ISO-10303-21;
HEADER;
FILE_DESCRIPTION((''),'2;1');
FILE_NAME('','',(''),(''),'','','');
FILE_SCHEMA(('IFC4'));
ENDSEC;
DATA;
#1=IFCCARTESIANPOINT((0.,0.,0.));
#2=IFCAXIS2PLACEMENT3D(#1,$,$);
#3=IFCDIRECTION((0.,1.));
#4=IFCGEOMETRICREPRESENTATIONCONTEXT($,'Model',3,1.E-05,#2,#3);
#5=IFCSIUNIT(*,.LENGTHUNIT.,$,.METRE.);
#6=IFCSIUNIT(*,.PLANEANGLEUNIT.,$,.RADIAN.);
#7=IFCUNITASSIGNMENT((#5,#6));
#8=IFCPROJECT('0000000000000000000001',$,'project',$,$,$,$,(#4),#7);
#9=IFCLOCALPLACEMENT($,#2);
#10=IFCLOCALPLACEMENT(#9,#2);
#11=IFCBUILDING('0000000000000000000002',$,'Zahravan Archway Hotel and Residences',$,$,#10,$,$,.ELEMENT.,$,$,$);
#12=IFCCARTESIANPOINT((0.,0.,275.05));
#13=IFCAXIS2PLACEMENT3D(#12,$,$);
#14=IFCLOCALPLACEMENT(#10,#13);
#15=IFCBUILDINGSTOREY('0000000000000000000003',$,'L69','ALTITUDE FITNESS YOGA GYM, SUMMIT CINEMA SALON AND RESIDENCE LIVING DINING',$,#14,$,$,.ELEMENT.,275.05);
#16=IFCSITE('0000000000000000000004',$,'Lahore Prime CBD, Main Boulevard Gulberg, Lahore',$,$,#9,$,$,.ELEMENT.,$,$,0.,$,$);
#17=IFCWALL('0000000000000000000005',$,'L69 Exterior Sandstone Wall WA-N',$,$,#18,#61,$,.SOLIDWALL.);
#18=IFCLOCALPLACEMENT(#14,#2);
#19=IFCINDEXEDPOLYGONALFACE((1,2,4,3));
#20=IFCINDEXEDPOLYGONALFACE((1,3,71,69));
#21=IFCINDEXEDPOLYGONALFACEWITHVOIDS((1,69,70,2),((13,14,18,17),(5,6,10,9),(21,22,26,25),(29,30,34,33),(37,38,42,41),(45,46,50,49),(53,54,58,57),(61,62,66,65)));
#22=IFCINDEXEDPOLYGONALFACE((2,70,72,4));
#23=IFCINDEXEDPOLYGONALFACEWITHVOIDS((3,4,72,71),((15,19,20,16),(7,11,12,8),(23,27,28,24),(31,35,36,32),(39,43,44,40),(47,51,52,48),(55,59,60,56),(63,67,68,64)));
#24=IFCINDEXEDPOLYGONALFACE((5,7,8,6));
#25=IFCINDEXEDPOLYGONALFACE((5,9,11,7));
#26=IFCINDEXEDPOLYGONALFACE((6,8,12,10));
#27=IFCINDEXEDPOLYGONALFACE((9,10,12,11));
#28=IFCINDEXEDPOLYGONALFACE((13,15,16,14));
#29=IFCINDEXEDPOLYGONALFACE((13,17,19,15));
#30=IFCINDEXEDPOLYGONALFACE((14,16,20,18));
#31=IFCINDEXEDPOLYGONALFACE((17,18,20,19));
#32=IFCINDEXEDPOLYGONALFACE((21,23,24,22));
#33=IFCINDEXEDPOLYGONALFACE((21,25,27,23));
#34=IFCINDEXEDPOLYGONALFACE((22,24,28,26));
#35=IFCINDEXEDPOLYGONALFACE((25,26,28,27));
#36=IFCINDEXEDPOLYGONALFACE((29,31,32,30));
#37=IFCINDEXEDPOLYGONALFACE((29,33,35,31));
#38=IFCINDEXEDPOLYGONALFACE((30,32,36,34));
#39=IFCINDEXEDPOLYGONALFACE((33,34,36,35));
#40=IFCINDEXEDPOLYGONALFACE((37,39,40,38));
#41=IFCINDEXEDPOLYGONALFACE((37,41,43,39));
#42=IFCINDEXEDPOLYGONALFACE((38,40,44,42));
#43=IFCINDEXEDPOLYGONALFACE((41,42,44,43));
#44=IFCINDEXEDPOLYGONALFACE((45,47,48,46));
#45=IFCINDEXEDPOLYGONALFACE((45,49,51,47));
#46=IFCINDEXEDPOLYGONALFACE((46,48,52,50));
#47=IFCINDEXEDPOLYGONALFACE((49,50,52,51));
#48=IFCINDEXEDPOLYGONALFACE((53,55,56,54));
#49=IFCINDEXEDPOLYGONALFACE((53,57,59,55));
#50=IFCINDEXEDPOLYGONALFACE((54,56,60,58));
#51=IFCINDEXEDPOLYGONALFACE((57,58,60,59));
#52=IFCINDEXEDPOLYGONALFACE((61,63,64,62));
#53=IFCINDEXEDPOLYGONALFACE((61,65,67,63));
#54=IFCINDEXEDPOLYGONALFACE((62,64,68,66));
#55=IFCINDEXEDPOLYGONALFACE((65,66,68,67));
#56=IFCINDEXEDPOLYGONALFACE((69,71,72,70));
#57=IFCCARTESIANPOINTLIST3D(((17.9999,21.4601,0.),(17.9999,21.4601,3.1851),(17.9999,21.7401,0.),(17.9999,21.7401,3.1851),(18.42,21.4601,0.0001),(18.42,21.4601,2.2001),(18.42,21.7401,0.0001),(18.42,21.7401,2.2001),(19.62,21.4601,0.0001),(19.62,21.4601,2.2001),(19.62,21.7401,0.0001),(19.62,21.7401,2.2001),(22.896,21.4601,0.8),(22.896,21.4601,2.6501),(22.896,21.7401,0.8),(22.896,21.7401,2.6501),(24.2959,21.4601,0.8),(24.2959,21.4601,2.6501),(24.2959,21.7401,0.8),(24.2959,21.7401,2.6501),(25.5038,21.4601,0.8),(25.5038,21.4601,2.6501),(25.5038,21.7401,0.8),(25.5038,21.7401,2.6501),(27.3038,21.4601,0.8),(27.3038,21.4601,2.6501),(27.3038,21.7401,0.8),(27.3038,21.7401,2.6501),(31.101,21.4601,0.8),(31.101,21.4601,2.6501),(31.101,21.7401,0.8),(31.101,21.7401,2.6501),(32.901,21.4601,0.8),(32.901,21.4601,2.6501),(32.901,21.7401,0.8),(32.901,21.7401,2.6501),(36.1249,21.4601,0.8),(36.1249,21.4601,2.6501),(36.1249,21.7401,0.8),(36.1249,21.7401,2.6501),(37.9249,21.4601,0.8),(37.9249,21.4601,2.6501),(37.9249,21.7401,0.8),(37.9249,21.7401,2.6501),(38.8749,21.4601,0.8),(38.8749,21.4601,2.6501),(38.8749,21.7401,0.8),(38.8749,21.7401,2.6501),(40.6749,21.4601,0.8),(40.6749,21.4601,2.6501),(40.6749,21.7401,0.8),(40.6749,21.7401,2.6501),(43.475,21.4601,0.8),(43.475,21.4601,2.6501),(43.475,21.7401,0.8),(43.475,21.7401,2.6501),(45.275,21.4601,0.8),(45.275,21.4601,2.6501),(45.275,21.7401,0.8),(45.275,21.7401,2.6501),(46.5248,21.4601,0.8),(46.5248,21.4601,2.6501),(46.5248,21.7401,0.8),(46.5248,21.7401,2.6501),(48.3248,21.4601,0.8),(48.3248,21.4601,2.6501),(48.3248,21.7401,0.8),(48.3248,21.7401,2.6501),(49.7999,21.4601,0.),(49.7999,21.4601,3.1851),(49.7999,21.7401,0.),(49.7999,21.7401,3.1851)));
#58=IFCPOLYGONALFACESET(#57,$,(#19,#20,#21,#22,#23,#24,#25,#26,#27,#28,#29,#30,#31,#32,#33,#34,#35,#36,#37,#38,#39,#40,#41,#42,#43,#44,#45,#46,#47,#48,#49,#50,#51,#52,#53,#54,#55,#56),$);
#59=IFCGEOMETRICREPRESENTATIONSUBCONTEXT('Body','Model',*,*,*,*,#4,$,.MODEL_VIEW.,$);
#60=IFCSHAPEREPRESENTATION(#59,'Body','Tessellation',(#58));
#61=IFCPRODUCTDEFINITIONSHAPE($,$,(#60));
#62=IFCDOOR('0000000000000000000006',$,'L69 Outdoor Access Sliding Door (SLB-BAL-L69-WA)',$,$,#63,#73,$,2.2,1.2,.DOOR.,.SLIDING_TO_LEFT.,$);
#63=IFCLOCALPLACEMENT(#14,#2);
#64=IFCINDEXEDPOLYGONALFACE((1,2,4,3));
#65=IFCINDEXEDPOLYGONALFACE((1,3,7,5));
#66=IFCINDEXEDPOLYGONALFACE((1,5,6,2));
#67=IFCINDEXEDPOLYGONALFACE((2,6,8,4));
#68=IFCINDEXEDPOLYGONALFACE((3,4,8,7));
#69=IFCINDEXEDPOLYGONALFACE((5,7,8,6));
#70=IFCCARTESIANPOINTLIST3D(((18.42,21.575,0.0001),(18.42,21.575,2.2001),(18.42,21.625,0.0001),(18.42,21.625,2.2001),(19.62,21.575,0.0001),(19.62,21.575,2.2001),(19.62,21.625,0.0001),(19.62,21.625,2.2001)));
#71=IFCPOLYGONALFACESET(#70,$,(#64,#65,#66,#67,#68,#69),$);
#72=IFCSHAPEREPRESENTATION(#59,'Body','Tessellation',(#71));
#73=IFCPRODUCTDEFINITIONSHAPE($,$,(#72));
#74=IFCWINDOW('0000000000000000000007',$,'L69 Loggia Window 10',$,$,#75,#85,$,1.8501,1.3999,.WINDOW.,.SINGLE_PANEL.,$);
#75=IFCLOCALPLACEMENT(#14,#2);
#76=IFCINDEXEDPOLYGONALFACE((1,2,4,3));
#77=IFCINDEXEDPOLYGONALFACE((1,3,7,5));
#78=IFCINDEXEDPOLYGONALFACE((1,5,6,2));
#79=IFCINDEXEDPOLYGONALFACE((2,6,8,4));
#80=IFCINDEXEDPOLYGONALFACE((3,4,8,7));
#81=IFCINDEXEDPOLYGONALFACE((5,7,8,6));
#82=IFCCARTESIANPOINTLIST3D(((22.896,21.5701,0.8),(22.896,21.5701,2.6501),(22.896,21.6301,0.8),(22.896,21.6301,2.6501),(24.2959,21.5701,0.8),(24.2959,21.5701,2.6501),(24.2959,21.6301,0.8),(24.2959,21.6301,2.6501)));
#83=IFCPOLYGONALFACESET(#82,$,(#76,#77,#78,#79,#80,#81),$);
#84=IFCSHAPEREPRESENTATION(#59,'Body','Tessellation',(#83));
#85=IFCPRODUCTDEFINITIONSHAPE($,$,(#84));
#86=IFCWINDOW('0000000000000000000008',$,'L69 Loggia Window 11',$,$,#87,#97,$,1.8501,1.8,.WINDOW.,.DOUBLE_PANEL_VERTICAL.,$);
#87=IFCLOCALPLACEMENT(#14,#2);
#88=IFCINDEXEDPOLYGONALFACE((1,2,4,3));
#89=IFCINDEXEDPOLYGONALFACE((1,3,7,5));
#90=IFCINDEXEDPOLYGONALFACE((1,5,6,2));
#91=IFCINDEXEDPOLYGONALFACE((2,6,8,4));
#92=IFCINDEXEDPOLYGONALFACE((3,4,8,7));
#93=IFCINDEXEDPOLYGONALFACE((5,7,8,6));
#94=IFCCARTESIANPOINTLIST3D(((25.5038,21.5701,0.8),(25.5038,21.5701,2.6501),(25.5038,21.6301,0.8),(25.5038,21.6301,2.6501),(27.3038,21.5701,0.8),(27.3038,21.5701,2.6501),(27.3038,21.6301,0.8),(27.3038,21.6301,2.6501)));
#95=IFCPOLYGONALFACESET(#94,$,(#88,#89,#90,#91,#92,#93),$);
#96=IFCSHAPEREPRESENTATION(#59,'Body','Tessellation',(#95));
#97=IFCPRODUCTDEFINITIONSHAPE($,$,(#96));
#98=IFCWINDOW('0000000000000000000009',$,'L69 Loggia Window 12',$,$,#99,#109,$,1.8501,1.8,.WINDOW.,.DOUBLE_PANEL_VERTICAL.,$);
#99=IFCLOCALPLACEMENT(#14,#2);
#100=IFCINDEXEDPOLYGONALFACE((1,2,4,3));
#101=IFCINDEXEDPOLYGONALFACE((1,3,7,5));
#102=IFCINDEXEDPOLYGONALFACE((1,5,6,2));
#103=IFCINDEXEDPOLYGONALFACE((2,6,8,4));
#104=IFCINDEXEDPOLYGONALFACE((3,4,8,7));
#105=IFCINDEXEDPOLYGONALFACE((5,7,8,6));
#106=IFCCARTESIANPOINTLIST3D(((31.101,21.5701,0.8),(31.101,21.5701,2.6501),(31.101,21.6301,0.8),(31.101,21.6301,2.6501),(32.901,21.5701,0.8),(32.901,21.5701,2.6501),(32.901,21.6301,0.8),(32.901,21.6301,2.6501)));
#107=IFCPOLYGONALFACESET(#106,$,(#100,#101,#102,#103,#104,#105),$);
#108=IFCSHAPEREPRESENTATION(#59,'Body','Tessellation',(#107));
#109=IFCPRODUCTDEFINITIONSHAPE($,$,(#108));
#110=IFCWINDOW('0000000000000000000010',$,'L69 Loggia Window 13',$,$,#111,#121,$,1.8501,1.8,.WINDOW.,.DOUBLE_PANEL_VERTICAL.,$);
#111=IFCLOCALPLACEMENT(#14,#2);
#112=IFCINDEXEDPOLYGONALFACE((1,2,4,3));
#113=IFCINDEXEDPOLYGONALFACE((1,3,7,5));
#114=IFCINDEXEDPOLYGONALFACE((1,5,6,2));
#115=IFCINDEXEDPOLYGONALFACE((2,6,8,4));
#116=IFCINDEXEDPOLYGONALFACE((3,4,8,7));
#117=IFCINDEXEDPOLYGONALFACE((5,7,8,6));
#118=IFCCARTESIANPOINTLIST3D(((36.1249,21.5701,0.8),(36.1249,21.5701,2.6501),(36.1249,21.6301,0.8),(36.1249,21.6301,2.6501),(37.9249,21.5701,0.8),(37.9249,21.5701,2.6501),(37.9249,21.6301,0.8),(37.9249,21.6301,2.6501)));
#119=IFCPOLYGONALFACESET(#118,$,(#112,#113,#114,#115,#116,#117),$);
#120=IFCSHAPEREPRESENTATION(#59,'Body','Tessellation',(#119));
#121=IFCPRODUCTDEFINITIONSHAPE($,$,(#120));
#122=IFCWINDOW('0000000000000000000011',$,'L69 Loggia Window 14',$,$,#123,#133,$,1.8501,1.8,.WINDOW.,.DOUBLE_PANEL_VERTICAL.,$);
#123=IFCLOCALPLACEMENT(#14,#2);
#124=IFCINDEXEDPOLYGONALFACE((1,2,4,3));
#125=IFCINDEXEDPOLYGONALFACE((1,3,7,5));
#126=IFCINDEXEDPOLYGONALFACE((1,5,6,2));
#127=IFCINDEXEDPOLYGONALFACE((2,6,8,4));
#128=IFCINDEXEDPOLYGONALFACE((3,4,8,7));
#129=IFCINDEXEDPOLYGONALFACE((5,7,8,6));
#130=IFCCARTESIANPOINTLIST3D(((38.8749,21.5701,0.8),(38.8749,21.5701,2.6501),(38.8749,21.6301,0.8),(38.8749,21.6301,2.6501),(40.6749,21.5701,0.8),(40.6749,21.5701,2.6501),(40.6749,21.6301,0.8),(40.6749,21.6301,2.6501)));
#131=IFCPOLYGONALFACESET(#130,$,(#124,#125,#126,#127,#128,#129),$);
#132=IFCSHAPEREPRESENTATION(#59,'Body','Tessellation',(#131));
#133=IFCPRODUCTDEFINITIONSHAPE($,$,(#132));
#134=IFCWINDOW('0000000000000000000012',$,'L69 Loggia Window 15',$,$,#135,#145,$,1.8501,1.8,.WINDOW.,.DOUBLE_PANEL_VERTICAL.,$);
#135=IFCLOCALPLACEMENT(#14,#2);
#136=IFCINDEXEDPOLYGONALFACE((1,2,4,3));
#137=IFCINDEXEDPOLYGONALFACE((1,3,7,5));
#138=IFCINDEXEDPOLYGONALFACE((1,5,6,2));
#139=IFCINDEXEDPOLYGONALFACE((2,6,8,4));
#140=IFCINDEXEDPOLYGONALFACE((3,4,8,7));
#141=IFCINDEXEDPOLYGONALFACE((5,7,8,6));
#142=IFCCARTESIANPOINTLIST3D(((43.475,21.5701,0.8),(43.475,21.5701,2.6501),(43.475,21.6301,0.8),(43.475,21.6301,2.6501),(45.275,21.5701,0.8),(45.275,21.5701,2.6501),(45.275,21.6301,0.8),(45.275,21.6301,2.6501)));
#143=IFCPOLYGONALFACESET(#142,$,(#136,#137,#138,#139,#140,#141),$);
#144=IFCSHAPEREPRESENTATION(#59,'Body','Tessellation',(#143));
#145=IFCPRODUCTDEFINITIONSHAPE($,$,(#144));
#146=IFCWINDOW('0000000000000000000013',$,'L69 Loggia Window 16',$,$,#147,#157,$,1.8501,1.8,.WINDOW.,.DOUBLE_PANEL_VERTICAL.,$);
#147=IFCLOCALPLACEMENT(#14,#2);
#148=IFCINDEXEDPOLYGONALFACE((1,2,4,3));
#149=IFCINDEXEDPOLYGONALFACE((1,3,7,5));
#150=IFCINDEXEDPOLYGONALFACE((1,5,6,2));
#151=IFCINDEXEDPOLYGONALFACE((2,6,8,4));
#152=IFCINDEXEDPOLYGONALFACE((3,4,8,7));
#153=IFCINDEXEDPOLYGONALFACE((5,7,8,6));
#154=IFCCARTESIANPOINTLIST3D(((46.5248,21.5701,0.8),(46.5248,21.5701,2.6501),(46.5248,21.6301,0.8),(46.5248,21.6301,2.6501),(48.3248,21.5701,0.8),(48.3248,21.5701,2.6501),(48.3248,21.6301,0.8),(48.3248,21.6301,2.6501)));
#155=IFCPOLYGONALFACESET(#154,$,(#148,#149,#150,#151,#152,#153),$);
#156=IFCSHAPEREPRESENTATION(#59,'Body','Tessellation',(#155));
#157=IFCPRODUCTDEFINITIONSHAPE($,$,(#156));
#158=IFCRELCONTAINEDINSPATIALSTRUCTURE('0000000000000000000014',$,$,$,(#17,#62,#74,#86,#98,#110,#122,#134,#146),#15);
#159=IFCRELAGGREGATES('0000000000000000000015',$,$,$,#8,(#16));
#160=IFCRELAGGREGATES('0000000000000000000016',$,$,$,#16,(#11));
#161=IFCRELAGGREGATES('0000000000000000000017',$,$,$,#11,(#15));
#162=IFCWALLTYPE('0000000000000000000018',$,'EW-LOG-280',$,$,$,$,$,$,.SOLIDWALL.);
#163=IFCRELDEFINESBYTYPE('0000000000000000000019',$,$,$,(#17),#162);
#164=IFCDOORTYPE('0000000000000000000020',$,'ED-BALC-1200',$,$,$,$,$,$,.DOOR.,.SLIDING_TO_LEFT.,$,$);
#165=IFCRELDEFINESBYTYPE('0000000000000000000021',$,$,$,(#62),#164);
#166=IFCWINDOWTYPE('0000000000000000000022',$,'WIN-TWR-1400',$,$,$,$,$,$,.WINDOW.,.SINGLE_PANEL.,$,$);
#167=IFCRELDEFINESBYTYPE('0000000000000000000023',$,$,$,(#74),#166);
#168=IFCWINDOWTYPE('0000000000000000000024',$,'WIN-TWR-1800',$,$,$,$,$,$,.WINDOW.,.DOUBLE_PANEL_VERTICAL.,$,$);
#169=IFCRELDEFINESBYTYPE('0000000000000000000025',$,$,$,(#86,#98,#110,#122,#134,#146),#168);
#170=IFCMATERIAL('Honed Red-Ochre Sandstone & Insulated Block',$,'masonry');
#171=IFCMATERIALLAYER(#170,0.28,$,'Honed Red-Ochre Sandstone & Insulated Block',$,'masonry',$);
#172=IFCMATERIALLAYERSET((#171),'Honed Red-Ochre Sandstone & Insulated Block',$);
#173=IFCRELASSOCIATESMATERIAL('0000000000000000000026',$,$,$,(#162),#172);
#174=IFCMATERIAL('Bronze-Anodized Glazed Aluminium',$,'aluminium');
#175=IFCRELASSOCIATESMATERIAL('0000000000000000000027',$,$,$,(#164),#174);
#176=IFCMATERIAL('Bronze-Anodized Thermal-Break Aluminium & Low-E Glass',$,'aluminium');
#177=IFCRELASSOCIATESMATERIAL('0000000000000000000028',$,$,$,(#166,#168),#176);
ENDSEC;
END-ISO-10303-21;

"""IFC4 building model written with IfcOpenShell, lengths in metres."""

from ifc_helpers import new_model, si_unit, direction, frame, frame_2d, origin, place, context, subcontext, project, spatial, rectangle, extrude, source, transform, mapped, material, layer, layer_set, type_object, type_shapes, element, fill, save


model = new_model("IFC4")

# Units and contexts
model_context = context("Model", 3, precision=1e-05, world=origin(), true_north=direction((0.0, 1.0)))
body_context = subcontext(model_context, "Body", "Model", "MODEL_VIEW")
ifc_project = project(units=[si_unit("LENGTHUNIT", "METRE"), si_unit("PLANEANGLEUNIT", "RADIAN")], contexts=[model_context])

# Site, building, storey
site_placement = place(None, origin())
site = spatial("IfcSite", under=ifc_project, at=site_placement, Name="Lahore Prime CBD, Main Boulevard Gulberg, Lahore", CompositionType="ELEMENT", RefElevation=0.0)
building_placement = place(site_placement, origin())
building = spatial("IfcBuilding", under=site, at=building_placement, Name="Zahravan Archway Hotel and Residences", CompositionType="ELEMENT")
storey_placement = place(building_placement, frame((0.0, 0.0, 275.05)))
storey = spatial("IfcBuildingStorey", under=building, at=storey_placement, Name="L69", Description="ALTITUDE FITNESS YOGA GYM, SUMMIT CINEMA SALON AND RESIDENCE LIVING DINING", CompositionType="ELEMENT", Elevation=275.05)

# Wall, openings, door, windows
ifc_material_1 = material(Name="Honed Red-Ochre Sandstone & Insulated Block", Category="masonry")
ifc_layer_1 = layer(ifc_material_1, 0.28, Name="Honed Red-Ochre Sandstone & Insulated Block", Category="masonry")
ifc_layer_set_1 = layer_set([ifc_layer_1], Name="Honed Red-Ochre Sandstone & Insulated Block")
wall_type_1 = type_object("IfcWallType", Name="EW-LOG-280", PredefinedType="SOLIDWALL", material=ifc_layer_set_1)
wall_1_placement = place(storey_placement, frame((18.0, 21.6001, 0.0), z_axis=(0.0, 0.0, 1.0), x_axis=(1.0, 0.0, 0.0)))
wall_1 = element("IfcWall", 1, at=wall_1_placement, inside=storey, type_object=wall_type_1, Name="L69 Exterior Sandstone Wall WA-N", PredefinedType="SOLIDWALL", context=body_context, shape_type="SweptSolid", body=[
    extrude(rectangle(XDim=31.8, YDim=0.28, at=frame_2d((15.8999, 0.0))), origin(), (0.0, 0.0, 1.0), 3.1851),
])
opening_1_placement = place(wall_1_placement, frame((0.4199, 0.0, 0.0)))
opening_1 = element("IfcOpeningElement", 2, at=opening_1_placement, cuts=wall_1, PredefinedType="OPENING", context=body_context, shape_type="SweptSolid", body=[
    extrude(rectangle(XDim=1.2, YDim=2.2, at=frame_2d((0.6001, 1.1001))), frame((0.0, 0.1499, 0.0), z_axis=(0.0, -1.0, 0.0), x_axis=(1.0, 0.0, 0.0)), (0.0, 0.0, 1.0), 0.3),
])
opening_2_placement = place(wall_1_placement, frame((4.896, 0.0, 0.8)))
opening_2 = element("IfcOpeningElement", 3, at=opening_2_placement, cuts=wall_1, PredefinedType="OPENING", context=body_context, shape_type="SweptSolid", body=[
    extrude(rectangle(XDim=1.3999, YDim=1.8501, at=frame_2d((0.7, 0.925))), frame((0.0, 0.1499, 0.0), z_axis=(0.0, -1.0, 0.0), x_axis=(1.0, 0.0, 0.0)), (0.0, 0.0, 1.0), 0.3),
])
opening_3_placement = place(wall_1_placement, frame((7.5039, 0.0, 0.8)))
opening_3 = element("IfcOpeningElement", 4, at=opening_3_placement, cuts=wall_1, PredefinedType="OPENING", context=body_context, shape_type="SweptSolid", body=[
    extrude(rectangle(XDim=1.8, YDim=1.8501, at=frame_2d((0.8999, 0.925))), frame((0.0, 0.1499, 0.0), z_axis=(0.0, -1.0, 0.0), x_axis=(1.0, 0.0, 0.0)), (0.0, 0.0, 1.0), 0.3),
])
opening_4_placement = place(wall_1_placement, frame((13.1011, 0.0, 0.8)))
opening_4 = element("IfcOpeningElement", 5, at=opening_4_placement, cuts=wall_1, PredefinedType="OPENING", context=body_context, shape_type="SweptSolid", body=[
    extrude(rectangle(XDim=1.8, YDim=1.8501, at=frame_2d((0.8999, 0.925))), frame((0.0, 0.1499, 0.0), z_axis=(0.0, -1.0, 0.0), x_axis=(1.0, 0.0, 0.0)), (0.0, 0.0, 1.0), 0.3),
])
opening_5_placement = place(wall_1_placement, frame((18.125, 0.0, 0.8)))
opening_5 = element("IfcOpeningElement", 6, at=opening_5_placement, cuts=wall_1, PredefinedType="OPENING", context=body_context, shape_type="SweptSolid", body=[
    extrude(rectangle(XDim=1.8, YDim=1.8501, at=frame_2d((0.8999, 0.925))), frame((0.0, 0.1499, 0.0), z_axis=(0.0, -1.0, 0.0), x_axis=(1.0, 0.0, 0.0)), (0.0, 0.0, 1.0), 0.3),
])
opening_6_placement = place(wall_1_placement, frame((20.875, 0.0, 0.8)))
opening_6 = element("IfcOpeningElement", 7, at=opening_6_placement, cuts=wall_1, PredefinedType="OPENING", context=body_context, shape_type="SweptSolid", body=[
    extrude(rectangle(XDim=1.8, YDim=1.8501, at=frame_2d((0.8999, 0.925))), frame((0.0, 0.1499, 0.0), z_axis=(0.0, -1.0, 0.0), x_axis=(1.0, 0.0, 0.0)), (0.0, 0.0, 1.0), 0.3),
])
opening_7_placement = place(wall_1_placement, frame((25.4751, 0.0, 0.8)))
opening_7 = element("IfcOpeningElement", 8, at=opening_7_placement, cuts=wall_1, PredefinedType="OPENING", context=body_context, shape_type="SweptSolid", body=[
    extrude(rectangle(XDim=1.8, YDim=1.8501, at=frame_2d((0.8999, 0.925))), frame((0.0, 0.1499, 0.0), z_axis=(0.0, -1.0, 0.0), x_axis=(1.0, 0.0, 0.0)), (0.0, 0.0, 1.0), 0.3),
])
opening_8_placement = place(wall_1_placement, frame((28.5249, 0.0, 0.8)))
opening_8 = element("IfcOpeningElement", 9, at=opening_8_placement, cuts=wall_1, PredefinedType="OPENING", context=body_context, shape_type="SweptSolid", body=[
    extrude(rectangle(XDim=1.8, YDim=1.8501, at=frame_2d((0.8999, 0.925))), frame((0.0, 0.1499, 0.0), z_axis=(0.0, -1.0, 0.0), x_axis=(1.0, 0.0, 0.0)), (0.0, 0.0, 1.0), 0.3),
])
ifc_material_2 = material(Name="Bronze-Anodized Glazed Aluminium", Category="aluminium")
door_type = type_object("IfcDoorType", Name="ED-BALC-1200", OperationType="SLIDING_TO_LEFT", PredefinedType="DOOR", material=ifc_material_2)
shared_shape_1 = source(origin(), body_context, "Body", "SweptSolid", [
    extrude(rectangle(XDim=1.2, YDim=2.2, at=frame_2d((0.6001, 1.1001))), frame((0.0, 0.0249, 0.0), z_axis=(0.0, -1.0, 0.0), x_axis=(1.0, 0.0, 0.0)), (0.0, 0.0, 1.0), 0.05),
])
type_shapes(door_type, [shared_shape_1])
door_placement = place(opening_1_placement, origin())
door = element("IfcDoor", 10, at=door_placement, inside=storey, type_object=door_type, Name="L69 Outdoor Access Sliding Door (SLB-BAL-L69-WA)", OperationType="SLIDING_TO_LEFT", OverallHeight=2.2, OverallWidth=1.2, PredefinedType="DOOR", context=body_context, shape_type="MappedRepresentation", body=[
    mapped(shared_shape_1, transform((0.0, 0.0, 0.0), scale=1.0)),
])
fill(opening_1, door)
ifc_material_3 = material(Name="Bronze-Anodized Thermal-Break Aluminium & Low-E Glass", Category="aluminium")
window_type_1 = type_object("IfcWindowType", Name="WIN-TWR-1400", PartitioningType="SINGLE_PANEL", PredefinedType="WINDOW", material=ifc_material_3)
shared_shape_2 = source(origin(), body_context, "Body", "SweptSolid", [
    extrude(rectangle(XDim=1.3999, YDim=1.8501, at=frame_2d((0.7, 0.925))), frame((0.0, 0.03, 0.0), z_axis=(0.0, -1.0, 0.0), x_axis=(1.0, 0.0, 0.0)), (0.0, 0.0, 1.0), 0.0601),
])
type_shapes(window_type_1, [shared_shape_2])
window_1_placement = place(opening_2_placement, origin())
window_1 = element("IfcWindow", 11, at=window_1_placement, inside=storey, type_object=window_type_1, Name="L69 Loggia Window 10", OverallHeight=1.8501, OverallWidth=1.3999, PartitioningType="SINGLE_PANEL", PredefinedType="WINDOW", context=body_context, shape_type="MappedRepresentation", body=[
    mapped(shared_shape_2, transform((0.0, 0.0, 0.0), scale=1.0)),
])
fill(opening_2, window_1)
window_type_2 = type_object("IfcWindowType", Name="WIN-TWR-1800", PartitioningType="DOUBLE_PANEL_VERTICAL", PredefinedType="WINDOW", material=ifc_material_3)
shared_shape_3 = source(origin(), body_context, "Body", "SweptSolid", [
    extrude(rectangle(XDim=1.8, YDim=1.8501, at=frame_2d((0.8999, 0.925))), frame((0.0, 0.03, 0.0), z_axis=(0.0, -1.0, 0.0), x_axis=(1.0, 0.0, 0.0)), (0.0, 0.0, 1.0), 0.0601),
])
type_shapes(window_type_2, [shared_shape_3])
window_2_placement = place(opening_3_placement, origin())
window_2 = element("IfcWindow", 12, at=window_2_placement, inside=storey, type_object=window_type_2, Name="L69 Loggia Window 11", OverallHeight=1.8501, OverallWidth=1.8, PartitioningType="DOUBLE_PANEL_VERTICAL", PredefinedType="WINDOW", context=body_context, shape_type="MappedRepresentation", body=[
    mapped(shared_shape_3, transform((0.0, 0.0, 0.0), scale=1.0)),
])
fill(opening_3, window_2)
window_3_placement = place(opening_4_placement, origin())
window_3 = element("IfcWindow", 13, at=window_3_placement, inside=storey, type_object=window_type_2, Name="L69 Loggia Window 12", OverallHeight=1.8501, OverallWidth=1.8, PartitioningType="DOUBLE_PANEL_VERTICAL", PredefinedType="WINDOW", context=body_context, shape_type="MappedRepresentation", body=[
    mapped(shared_shape_3, transform((0.0, 0.0, 0.0), scale=1.0)),
])
fill(opening_4, window_3)
window_4_placement = place(opening_5_placement, origin())
window_4 = element("IfcWindow", 14, at=window_4_placement, inside=storey, type_object=window_type_2, Name="L69 Loggia Window 13", OverallHeight=1.8501, OverallWidth=1.8, PartitioningType="DOUBLE_PANEL_VERTICAL", PredefinedType="WINDOW", context=body_context, shape_type="MappedRepresentation", body=[
    mapped(shared_shape_3, transform((0.0, 0.0, 0.0), scale=1.0)),
])
fill(opening_5, window_4)
window_5_placement = place(opening_6_placement, origin())
window_5 = element("IfcWindow", 15, at=window_5_placement, inside=storey, type_object=window_type_2, Name="L69 Loggia Window 14", OverallHeight=1.8501, OverallWidth=1.8, PartitioningType="DOUBLE_PANEL_VERTICAL", PredefinedType="WINDOW", context=body_context, shape_type="MappedRepresentation", body=[
    mapped(shared_shape_3, transform((0.0, 0.0, 0.0), scale=1.0)),
])
fill(opening_6, window_5)
window_6_placement = place(opening_7_placement, origin())
window_6 = element("IfcWindow", 16, at=window_6_placement, inside=storey, type_object=window_type_2, Name="L69 Loggia Window 15", OverallHeight=1.8501, OverallWidth=1.8, PartitioningType="DOUBLE_PANEL_VERTICAL", PredefinedType="WINDOW", context=body_context, shape_type="MappedRepresentation", body=[
    mapped(shared_shape_3, transform((0.0, 0.0, 0.0), scale=1.0)),
])
fill(opening_7, window_6)
window_7_placement = place(opening_8_placement, origin())
window_7 = element("IfcWindow", 17, at=window_7_placement, inside=storey, type_object=window_type_2, Name="L69 Loggia Window 16", OverallHeight=1.8501, OverallWidth=1.8, PartitioningType="DOUBLE_PANEL_VERTICAL", PredefinedType="WINDOW", context=body_context, shape_type="MappedRepresentation", body=[
    mapped(shared_shape_3, transform((0.0, 0.0, 0.0), scale=1.0)),
])
fill(opening_8, window_7)

save(model, "model.ifc")
